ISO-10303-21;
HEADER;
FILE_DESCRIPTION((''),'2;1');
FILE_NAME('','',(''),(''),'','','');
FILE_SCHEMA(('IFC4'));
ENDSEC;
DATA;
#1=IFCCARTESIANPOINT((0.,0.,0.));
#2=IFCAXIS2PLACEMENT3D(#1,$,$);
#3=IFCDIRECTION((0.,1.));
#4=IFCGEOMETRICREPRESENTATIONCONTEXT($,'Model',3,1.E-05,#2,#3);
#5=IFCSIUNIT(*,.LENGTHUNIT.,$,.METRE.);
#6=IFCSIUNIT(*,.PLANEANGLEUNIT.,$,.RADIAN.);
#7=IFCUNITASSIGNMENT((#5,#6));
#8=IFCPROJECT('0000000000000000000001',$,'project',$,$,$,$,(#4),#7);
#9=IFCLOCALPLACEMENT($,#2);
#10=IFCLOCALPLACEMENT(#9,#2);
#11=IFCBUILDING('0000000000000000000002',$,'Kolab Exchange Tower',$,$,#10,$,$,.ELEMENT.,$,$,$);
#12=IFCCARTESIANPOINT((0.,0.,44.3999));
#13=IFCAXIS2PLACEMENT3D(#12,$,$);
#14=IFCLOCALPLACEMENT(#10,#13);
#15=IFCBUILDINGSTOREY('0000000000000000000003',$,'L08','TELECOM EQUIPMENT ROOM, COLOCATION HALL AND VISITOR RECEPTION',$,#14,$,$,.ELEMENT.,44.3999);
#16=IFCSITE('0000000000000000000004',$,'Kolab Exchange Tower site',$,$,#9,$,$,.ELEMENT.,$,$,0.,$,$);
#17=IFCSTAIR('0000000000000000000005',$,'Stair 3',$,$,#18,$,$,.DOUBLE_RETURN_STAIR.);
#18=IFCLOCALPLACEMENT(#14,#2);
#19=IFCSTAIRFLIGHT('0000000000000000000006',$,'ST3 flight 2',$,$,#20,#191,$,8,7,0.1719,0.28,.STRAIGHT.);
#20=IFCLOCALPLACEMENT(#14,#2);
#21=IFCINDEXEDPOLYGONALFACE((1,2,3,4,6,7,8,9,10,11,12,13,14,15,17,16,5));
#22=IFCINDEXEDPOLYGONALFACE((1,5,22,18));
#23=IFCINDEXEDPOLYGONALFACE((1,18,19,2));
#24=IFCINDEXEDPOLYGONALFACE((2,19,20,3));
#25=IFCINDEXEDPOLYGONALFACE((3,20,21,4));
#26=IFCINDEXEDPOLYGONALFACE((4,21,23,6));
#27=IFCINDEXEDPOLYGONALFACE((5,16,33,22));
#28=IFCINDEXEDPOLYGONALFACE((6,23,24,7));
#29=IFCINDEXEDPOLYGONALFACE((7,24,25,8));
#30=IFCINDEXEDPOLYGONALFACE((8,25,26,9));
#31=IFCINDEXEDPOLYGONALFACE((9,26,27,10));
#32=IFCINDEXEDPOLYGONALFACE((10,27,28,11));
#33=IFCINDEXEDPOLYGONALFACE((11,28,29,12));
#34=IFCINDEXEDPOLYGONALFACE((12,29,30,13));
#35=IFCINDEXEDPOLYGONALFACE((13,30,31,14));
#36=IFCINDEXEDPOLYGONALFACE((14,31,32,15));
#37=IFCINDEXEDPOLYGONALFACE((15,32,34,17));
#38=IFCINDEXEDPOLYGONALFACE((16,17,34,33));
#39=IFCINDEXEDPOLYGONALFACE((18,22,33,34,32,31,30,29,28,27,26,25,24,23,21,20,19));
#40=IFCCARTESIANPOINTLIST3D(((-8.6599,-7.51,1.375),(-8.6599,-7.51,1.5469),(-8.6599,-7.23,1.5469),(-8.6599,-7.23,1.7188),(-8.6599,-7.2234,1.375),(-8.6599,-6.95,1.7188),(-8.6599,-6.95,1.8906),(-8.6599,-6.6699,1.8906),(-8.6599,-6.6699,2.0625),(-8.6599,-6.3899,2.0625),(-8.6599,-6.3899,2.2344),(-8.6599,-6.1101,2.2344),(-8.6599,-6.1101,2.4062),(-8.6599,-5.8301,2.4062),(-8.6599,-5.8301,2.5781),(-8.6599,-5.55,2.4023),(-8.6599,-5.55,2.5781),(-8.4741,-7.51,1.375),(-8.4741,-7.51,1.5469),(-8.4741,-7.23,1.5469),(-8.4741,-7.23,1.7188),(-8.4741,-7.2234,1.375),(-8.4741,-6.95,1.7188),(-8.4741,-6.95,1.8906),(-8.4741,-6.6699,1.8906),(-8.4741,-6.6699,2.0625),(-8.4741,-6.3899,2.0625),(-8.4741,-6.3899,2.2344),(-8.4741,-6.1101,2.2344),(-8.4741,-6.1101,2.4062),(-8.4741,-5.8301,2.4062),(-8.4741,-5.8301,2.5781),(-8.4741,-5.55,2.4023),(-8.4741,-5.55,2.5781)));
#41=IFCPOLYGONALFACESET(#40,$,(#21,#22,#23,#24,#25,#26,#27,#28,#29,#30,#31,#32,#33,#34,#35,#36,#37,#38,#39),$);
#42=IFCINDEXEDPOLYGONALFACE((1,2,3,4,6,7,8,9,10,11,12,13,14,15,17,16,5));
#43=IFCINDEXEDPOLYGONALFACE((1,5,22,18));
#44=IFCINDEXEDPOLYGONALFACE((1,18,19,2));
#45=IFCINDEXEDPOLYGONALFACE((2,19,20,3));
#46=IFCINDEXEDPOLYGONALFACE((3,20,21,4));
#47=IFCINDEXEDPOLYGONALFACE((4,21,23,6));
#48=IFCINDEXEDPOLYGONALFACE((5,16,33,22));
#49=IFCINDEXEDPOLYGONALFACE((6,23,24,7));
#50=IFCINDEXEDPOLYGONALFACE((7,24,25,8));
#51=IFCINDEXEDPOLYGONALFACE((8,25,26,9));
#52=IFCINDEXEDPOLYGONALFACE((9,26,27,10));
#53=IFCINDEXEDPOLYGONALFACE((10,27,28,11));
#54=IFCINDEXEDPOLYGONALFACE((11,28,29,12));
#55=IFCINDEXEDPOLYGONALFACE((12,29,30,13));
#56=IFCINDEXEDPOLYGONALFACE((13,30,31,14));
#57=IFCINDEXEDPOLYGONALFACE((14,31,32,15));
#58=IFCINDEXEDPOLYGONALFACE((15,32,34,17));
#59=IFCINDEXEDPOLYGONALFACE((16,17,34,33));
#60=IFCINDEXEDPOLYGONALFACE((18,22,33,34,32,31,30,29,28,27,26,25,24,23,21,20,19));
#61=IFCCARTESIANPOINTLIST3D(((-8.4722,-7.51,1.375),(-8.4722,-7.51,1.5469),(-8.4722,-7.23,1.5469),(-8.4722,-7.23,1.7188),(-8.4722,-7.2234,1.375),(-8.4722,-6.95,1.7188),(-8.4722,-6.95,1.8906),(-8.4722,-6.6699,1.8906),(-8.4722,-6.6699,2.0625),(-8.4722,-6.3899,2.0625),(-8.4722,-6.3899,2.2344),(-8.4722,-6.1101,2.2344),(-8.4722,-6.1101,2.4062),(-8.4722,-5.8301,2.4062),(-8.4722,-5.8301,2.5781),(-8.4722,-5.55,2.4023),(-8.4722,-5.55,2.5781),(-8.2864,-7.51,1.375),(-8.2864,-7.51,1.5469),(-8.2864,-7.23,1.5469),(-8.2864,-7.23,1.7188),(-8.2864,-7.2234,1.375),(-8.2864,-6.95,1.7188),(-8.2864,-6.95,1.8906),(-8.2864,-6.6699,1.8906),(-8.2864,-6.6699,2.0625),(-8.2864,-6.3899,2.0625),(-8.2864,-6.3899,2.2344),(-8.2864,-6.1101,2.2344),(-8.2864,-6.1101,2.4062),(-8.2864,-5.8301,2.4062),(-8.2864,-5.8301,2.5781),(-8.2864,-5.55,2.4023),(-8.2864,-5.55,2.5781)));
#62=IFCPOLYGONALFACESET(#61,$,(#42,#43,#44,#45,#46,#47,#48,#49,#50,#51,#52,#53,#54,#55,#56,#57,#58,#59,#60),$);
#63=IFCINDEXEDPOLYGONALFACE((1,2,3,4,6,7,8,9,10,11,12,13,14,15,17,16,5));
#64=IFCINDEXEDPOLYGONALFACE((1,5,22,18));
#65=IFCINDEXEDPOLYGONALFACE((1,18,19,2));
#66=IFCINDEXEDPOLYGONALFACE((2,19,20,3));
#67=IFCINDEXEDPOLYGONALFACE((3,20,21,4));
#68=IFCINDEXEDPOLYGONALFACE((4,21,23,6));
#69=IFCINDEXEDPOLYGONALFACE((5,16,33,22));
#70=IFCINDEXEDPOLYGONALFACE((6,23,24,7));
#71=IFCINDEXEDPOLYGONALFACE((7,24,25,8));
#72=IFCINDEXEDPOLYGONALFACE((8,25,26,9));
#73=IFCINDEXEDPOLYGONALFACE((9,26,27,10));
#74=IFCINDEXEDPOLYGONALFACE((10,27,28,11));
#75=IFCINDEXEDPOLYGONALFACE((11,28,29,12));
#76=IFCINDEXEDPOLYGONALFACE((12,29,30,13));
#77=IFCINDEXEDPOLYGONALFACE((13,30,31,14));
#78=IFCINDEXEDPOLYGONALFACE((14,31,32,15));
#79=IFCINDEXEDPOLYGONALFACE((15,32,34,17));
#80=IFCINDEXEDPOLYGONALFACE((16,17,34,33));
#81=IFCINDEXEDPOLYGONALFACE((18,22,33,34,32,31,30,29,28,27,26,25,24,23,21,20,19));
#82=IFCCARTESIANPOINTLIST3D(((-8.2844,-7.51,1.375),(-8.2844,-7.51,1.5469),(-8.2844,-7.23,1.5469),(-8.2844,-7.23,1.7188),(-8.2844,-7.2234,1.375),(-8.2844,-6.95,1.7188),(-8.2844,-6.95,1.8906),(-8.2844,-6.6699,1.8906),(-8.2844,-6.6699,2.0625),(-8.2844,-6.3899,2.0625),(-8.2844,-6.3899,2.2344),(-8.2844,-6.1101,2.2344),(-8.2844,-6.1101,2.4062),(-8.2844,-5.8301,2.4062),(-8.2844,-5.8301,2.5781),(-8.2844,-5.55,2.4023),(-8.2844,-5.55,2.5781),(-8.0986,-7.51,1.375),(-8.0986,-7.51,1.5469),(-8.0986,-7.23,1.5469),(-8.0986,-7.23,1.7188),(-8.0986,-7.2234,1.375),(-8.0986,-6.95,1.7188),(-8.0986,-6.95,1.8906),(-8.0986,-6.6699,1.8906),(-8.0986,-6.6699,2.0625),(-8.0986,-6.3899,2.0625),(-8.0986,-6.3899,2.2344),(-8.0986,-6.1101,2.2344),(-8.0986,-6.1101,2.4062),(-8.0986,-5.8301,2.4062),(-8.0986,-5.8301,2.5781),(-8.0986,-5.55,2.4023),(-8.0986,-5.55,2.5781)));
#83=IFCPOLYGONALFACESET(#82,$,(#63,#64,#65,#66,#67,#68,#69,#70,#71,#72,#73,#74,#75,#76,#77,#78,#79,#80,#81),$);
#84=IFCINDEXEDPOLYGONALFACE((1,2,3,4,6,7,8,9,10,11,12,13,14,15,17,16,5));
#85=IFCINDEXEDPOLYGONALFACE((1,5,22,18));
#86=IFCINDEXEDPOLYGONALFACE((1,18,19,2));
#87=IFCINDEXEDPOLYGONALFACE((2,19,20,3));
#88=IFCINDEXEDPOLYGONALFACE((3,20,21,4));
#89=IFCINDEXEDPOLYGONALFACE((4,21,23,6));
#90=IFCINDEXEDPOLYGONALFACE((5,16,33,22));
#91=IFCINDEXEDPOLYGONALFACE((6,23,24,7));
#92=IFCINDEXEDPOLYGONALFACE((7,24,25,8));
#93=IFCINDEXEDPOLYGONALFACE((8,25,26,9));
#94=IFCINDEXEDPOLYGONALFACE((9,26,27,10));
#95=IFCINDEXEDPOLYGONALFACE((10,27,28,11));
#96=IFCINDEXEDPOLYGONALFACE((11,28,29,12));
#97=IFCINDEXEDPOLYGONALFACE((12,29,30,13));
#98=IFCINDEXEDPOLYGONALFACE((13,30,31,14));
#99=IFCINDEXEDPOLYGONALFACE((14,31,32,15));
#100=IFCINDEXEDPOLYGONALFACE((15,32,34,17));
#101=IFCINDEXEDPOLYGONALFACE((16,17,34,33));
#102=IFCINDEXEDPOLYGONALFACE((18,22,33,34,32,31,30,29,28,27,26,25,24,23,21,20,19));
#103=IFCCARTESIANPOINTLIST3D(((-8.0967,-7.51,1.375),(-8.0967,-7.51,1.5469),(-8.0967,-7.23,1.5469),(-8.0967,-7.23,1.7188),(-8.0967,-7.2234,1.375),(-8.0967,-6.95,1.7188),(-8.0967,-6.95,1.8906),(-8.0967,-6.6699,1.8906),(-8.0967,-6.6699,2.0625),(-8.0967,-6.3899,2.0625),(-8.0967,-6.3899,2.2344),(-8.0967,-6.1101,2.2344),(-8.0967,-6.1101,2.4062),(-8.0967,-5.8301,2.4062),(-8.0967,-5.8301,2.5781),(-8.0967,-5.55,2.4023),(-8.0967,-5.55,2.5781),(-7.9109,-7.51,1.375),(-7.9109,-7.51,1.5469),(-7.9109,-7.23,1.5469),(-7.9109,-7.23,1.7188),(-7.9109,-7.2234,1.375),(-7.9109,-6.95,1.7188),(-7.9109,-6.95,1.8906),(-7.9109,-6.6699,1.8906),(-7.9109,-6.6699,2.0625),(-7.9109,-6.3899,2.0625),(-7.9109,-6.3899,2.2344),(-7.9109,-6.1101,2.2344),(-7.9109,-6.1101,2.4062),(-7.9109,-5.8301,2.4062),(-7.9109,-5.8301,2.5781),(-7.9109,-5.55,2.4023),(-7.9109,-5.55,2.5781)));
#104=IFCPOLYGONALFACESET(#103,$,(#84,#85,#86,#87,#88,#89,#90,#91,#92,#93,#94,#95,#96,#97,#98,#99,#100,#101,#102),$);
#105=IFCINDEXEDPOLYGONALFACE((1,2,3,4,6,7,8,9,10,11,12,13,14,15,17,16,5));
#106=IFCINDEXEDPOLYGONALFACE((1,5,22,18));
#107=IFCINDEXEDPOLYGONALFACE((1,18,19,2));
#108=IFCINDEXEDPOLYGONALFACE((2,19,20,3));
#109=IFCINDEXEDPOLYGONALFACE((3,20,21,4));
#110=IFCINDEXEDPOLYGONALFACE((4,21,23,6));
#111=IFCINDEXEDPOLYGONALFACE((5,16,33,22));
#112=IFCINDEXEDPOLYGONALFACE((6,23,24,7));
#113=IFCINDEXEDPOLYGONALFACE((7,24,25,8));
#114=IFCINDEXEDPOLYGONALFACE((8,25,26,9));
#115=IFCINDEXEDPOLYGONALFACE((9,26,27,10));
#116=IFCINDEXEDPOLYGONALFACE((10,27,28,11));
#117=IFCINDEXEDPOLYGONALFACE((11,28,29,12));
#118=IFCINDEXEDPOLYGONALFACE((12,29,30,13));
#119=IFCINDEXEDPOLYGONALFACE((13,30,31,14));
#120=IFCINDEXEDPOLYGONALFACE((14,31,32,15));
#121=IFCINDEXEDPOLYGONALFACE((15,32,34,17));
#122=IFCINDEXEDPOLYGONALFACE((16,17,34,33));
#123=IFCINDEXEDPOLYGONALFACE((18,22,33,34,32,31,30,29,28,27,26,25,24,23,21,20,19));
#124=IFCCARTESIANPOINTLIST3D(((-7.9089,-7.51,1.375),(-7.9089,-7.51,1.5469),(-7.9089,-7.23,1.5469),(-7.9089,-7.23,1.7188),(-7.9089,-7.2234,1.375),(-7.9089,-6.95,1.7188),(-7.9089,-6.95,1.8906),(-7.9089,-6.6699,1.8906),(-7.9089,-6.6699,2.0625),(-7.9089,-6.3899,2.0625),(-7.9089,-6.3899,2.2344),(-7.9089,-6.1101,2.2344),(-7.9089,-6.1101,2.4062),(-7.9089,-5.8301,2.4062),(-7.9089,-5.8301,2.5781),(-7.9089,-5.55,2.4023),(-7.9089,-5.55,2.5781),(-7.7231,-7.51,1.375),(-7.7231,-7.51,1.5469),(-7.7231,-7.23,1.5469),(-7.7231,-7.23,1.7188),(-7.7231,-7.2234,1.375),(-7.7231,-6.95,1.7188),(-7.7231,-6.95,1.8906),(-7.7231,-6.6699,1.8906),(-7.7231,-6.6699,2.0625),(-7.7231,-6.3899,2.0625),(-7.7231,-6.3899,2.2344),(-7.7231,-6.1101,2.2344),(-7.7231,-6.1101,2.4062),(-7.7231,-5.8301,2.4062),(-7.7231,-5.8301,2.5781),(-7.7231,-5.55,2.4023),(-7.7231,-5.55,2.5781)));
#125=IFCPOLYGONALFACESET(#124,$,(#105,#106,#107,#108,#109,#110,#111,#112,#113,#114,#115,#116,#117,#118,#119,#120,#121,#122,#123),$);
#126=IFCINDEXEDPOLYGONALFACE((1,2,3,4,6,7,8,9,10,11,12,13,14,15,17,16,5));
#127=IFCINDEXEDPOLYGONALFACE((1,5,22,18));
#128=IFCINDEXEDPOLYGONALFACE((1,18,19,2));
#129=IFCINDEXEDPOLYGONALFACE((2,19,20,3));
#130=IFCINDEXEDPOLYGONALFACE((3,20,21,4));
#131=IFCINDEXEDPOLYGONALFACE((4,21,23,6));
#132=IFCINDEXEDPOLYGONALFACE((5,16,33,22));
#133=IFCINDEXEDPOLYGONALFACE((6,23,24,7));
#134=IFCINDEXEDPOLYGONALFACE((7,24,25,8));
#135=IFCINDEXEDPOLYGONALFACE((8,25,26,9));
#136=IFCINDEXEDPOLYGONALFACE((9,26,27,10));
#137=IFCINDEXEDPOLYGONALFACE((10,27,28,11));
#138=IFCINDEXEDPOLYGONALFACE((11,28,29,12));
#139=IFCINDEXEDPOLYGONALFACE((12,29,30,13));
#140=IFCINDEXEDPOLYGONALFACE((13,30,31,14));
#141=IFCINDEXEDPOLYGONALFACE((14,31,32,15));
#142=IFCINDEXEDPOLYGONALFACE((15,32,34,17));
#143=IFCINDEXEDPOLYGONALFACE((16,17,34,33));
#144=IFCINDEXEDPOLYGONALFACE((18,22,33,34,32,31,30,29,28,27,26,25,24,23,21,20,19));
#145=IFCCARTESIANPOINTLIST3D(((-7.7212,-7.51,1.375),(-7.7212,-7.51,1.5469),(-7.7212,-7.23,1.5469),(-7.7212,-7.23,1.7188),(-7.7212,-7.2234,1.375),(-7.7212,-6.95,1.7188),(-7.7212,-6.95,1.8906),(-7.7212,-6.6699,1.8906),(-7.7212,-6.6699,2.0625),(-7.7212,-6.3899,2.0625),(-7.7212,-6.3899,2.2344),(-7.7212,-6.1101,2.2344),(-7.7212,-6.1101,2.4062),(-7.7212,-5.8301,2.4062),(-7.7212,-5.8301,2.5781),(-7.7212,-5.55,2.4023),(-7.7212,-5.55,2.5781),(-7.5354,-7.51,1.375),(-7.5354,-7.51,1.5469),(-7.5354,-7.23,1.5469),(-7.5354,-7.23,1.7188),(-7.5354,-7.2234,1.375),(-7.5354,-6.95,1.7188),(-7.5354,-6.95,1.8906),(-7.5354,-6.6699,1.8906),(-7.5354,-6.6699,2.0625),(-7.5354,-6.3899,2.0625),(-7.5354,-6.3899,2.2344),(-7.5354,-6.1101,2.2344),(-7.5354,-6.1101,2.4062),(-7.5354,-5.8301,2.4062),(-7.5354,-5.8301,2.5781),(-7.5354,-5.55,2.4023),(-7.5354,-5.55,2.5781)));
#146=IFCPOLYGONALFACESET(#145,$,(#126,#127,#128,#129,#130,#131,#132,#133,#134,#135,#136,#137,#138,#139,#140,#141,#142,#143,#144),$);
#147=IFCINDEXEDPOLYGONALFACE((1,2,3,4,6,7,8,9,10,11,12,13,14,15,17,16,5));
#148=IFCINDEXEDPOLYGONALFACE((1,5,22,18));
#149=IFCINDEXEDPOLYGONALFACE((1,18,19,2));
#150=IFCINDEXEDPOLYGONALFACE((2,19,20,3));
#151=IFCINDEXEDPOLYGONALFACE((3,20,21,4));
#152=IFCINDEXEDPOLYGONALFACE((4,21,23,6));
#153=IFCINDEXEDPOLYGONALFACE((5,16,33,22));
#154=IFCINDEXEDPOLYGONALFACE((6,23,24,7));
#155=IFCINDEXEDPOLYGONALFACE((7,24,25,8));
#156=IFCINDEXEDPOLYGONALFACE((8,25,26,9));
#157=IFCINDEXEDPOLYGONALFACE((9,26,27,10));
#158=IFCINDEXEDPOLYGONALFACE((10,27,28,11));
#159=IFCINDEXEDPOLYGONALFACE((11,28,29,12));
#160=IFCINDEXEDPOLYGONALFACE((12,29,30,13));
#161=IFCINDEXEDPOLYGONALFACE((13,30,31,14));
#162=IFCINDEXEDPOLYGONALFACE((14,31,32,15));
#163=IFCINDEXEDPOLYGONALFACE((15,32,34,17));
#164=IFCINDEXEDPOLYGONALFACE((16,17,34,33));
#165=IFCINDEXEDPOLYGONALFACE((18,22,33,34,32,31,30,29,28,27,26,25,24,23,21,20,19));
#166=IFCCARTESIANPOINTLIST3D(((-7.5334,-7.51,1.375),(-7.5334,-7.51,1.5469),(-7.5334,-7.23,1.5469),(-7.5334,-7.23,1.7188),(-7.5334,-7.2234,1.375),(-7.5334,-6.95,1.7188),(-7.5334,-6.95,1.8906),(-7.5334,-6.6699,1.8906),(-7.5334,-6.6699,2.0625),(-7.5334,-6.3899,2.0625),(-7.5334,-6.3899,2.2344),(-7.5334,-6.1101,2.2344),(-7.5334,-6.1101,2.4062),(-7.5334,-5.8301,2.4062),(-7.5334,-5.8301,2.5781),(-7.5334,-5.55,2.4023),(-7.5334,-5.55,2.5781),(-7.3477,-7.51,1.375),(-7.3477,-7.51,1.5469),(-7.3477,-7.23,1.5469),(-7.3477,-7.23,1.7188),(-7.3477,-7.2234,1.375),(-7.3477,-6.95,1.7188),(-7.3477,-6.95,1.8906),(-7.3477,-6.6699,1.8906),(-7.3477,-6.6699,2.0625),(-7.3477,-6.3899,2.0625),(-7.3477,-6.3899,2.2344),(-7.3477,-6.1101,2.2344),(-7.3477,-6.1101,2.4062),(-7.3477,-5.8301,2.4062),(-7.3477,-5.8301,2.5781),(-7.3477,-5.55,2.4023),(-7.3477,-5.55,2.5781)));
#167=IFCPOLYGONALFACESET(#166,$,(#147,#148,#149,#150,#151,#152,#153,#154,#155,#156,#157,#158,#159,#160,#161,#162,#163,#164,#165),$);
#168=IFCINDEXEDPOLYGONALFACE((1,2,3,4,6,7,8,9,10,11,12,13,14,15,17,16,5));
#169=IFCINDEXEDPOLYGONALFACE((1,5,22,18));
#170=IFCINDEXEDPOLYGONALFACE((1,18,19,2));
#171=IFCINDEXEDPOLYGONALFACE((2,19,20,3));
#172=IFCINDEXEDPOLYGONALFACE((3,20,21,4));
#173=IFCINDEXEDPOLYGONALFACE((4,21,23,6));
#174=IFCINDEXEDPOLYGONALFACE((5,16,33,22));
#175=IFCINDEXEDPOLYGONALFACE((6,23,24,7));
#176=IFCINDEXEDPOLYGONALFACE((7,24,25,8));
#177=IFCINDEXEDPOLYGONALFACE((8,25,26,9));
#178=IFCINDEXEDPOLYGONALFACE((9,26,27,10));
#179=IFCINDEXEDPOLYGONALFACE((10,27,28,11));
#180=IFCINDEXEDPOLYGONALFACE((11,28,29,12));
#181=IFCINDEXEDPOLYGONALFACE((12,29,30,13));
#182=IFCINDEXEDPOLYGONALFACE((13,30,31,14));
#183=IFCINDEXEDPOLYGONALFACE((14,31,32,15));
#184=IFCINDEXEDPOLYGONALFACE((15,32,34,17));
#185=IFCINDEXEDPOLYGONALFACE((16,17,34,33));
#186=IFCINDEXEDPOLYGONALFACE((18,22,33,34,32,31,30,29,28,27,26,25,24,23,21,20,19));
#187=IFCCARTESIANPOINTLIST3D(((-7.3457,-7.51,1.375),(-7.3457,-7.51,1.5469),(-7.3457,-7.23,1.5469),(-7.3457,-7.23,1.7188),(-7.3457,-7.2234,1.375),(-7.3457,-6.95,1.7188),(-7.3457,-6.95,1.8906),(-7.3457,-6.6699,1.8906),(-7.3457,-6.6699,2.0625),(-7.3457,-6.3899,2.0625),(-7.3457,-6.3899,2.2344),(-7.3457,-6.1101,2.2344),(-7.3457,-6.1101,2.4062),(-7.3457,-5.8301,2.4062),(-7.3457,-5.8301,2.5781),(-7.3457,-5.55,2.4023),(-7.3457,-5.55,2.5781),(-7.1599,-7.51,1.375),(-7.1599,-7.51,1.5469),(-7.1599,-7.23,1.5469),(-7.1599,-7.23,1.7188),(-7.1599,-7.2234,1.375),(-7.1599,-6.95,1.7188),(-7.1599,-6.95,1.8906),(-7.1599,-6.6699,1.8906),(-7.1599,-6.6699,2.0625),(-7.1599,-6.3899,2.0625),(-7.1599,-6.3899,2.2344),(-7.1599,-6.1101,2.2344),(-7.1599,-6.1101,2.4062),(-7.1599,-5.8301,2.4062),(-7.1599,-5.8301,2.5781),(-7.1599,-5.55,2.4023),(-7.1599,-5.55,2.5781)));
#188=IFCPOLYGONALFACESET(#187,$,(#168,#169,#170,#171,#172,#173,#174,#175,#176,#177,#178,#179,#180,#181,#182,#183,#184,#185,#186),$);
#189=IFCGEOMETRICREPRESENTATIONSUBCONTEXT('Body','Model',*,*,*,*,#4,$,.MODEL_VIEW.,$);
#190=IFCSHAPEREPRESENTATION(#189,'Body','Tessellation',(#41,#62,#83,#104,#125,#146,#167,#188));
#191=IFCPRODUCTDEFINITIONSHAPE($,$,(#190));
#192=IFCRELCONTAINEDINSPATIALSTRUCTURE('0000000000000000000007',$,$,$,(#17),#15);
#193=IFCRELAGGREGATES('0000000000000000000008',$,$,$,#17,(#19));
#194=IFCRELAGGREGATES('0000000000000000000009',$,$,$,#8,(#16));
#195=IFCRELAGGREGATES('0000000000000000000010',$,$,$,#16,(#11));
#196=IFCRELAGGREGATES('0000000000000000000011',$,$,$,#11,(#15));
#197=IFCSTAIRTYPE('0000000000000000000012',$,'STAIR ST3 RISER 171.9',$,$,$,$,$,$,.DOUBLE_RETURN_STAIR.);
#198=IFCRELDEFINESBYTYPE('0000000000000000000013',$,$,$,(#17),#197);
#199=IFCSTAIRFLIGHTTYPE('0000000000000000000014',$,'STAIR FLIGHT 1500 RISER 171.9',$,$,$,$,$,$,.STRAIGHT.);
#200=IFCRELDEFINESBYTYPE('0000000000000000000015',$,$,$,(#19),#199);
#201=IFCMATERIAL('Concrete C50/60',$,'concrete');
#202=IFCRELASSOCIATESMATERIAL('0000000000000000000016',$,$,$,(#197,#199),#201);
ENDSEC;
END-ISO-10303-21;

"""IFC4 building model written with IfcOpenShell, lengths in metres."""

from ifc_helpers import new_model, si_unit, direction, frame, origin, place, context, subcontext, project, spatial, polyline, outline, extrude, material, type_object, element, aggregate, save


model = new_model("IFC4")

# Units and contexts
model_context = context("Model", 3, precision=1e-05, world=origin(), true_north=direction((0.0, 1.0)))
body_context = subcontext(model_context, "Body", "Model", "MODEL_VIEW")
ifc_project = project(units=[si_unit("LENGTHUNIT", "METRE"), si_unit("PLANEANGLEUNIT", "RADIAN")], contexts=[model_context])

# Site, building, storey
site_placement = place(None, origin())
site = spatial("IfcSite", under=ifc_project, at=site_placement, Name="Kolab Exchange Tower site", CompositionType="ELEMENT", RefElevation=0.0)
building_placement = place(site_placement, origin())
building = spatial("IfcBuilding", under=site, at=building_placement, Name="Kolab Exchange Tower", CompositionType="ELEMENT")
storey_placement = place(building_placement, frame((0.0, 0.0, 44.3999)))
storey = spatial("IfcBuildingStorey", under=building, at=storey_placement, Name="L08", Description="TELECOM EQUIPMENT ROOM, COLOCATION HALL AND VISITOR RECEPTION", CompositionType="ELEMENT", Elevation=44.3999)

# Shared definitions
ifc_material_1 = material(Name="Concrete C50/60", Category="concrete")

# Stair, stair flight
stair_type = type_object("IfcStairType", Name="STAIR ST3 RISER 171.9", PredefinedType="DOUBLE_RETURN_STAIR", material=ifc_material_1)
stair_placement = place(storey_placement, origin())
stair = element("IfcStair", 1, at=stair_placement, inside=storey, type_object=stair_type, Name="Stair 3", PredefinedType="DOUBLE_RETURN_STAIR")
stair_flight_type = type_object("IfcStairFlightType", Name="STAIR FLIGHT 1500 RISER 171.9", PredefinedType="STRAIGHT", material=ifc_material_1)
stair_flight_1_placement = place(storey_placement, frame((-7.9099, -7.51, 1.375), z_axis=(0.0, 0.0, 1.0), x_axis=(0.0, 1.0, 0.0)))
stair_flight_1 = element("IfcStairFlight", 2, at=stair_flight_1_placement, type_object=stair_flight_type, Name="ST3 flight 2", NumberOfRisers=8, NumberOfTreads=7, PredefinedType="STRAIGHT", RiserHeight=0.1719, TreadLength=0.28, context=body_context, shape_type="SweptSolid", body=[
    extrude(outline(polyline([(0.0, 0.0), (0.0, 0.1719), (0.28, 0.1719), (0.28, 0.3438), (0.5601, 0.3438), (0.5601, 0.5156), (0.8401, 0.5156), (0.8401, 0.6875), (1.1201, 0.6875), (1.1201, 0.8594), (1.3999, 0.8594), (1.3999, 1.0312), (1.6799, 1.0312), (1.6799, 1.2031), (1.96, 1.2031), (1.96, 1.375), (1.96, 1.0273), (0.2866, 0.0), (0.0, 0.0)])), frame((0.0, 0.75, 0.0), z_axis=(0.0, -1.0, 0.0), x_axis=(1.0, 0.0, 0.0)), (0.0, 0.0, 1.0), 0.1858),
    extrude(outline(polyline([(0.0, 0.0), (0.0, 0.1719), (0.28, 0.1719), (0.28, 0.3438), (0.5601, 0.3438), (0.5601, 0.5156), (0.8401, 0.5156), (0.8401, 0.6875), (1.1201, 0.6875), (1.1201, 0.8594), (1.3999, 0.8594), (1.3999, 1.0312), (1.6799, 1.0312), (1.6799, 1.2031), (1.96, 1.2031), (1.96, 1.375), (1.96, 1.0273), (0.2866, 0.0), (0.0, 0.0)])), frame((0.0, 0.5623, 0.0), z_axis=(0.0, -1.0, 0.0), x_axis=(1.0, 0.0, 0.0)), (0.0, 0.0, 1.0), 0.1858),
    extrude(outline(polyline([(0.0, 0.0), (0.0, 0.1719), (0.28, 0.1719), (0.28, 0.3438), (0.5601, 0.3438), (0.5601, 0.5156), (0.8401, 0.5156), (0.8401, 0.6875), (1.1201, 0.6875), (1.1201, 0.8594), (1.3999, 0.8594), (1.3999, 1.0312), (1.6799, 1.0312), (1.6799, 1.2031), (1.96, 1.2031), (1.96, 1.375), (1.96, 1.0273), (0.2866, 0.0), (0.0, 0.0)])), frame((0.0, 0.3745, 0.0), z_axis=(0.0, -1.0, 0.0), x_axis=(1.0, 0.0, 0.0)), (0.0, 0.0, 1.0), 0.1858),
    extrude(outline(polyline([(0.0, 0.0), (0.0, 0.1719), (0.28, 0.1719), (0.28, 0.3438), (0.5601, 0.3438), (0.5601, 0.5156), (0.8401, 0.5156), (0.8401, 0.6875), (1.1201, 0.6875), (1.1201, 0.8594), (1.3999, 0.8594), (1.3999, 1.0312), (1.6799, 1.0312), (1.6799, 1.2031), (1.96, 1.2031), (1.96, 1.375), (1.96, 1.0273), (0.2866, 0.0), (0.0, 0.0)])), frame((0.0, 0.1868, 0.0), z_axis=(0.0, -1.0, 0.0), x_axis=(1.0, 0.0, 0.0)), (0.0, 0.0, 1.0), 0.1858),
    extrude(outline(polyline([(0.0, 0.0), (0.0, 0.1719), (0.28, 0.1719), (0.28, 0.3438), (0.5601, 0.3438), (0.5601, 0.5156), (0.8401, 0.5156), (0.8401, 0.6875), (1.1201, 0.6875), (1.1201, 0.8594), (1.3999, 0.8594), (1.3999, 1.0312), (1.6799, 1.0312), (1.6799, 1.2031), (1.96, 1.2031), (1.96, 1.375), (1.96, 1.0273), (0.2866, 0.0), (0.0, 0.0)])), frame((0.0, -0.001, 0.0), z_axis=(0.0, -1.0, 0.0), x_axis=(1.0, 0.0, 0.0)), (0.0, 0.0, 1.0), 0.1858),
    extrude(outline(polyline([(0.0, 0.0), (0.0, 0.1719), (0.28, 0.1719), (0.28, 0.3438), (0.5601, 0.3438), (0.5601, 0.5156), (0.8401, 0.5156), (0.8401, 0.6875), (1.1201, 0.6875), (1.1201, 0.8594), (1.3999, 0.8594), (1.3999, 1.0312), (1.6799, 1.0312), (1.6799, 1.2031), (1.96, 1.2031), (1.96, 1.375), (1.96, 1.0273), (0.2866, 0.0), (0.0, 0.0)])), frame((0.0, -0.1887, 0.0), z_axis=(0.0, -1.0, 0.0), x_axis=(1.0, 0.0, 0.0)), (0.0, 0.0, 1.0), 0.1858),
    extrude(outline(polyline([(0.0, 0.0), (0.0, 0.1719), (0.28, 0.1719), (0.28, 0.3438), (0.5601, 0.3438), (0.5601, 0.5156), (0.8401, 0.5156), (0.8401, 0.6875), (1.1201, 0.6875), (1.1201, 0.8594), (1.3999, 0.8594), (1.3999, 1.0312), (1.6799, 1.0312), (1.6799, 1.2031), (1.96, 1.2031), (1.96, 1.375), (1.96, 1.0273), (0.2866, 0.0), (0.0, 0.0)])), frame((0.0, -0.3765, 0.0), z_axis=(0.0, -1.0, 0.0), x_axis=(1.0, 0.0, 0.0)), (0.0, 0.0, 1.0), 0.1858),
    extrude(outline(polyline([(0.0, 0.0), (0.0, 0.1719), (0.28, 0.1719), (0.28, 0.3438), (0.5601, 0.3438), (0.5601, 0.5156), (0.8401, 0.5156), (0.8401, 0.6875), (1.1201, 0.6875), (1.1201, 0.8594), (1.3999, 0.8594), (1.3999, 1.0312), (1.6799, 1.0312), (1.6799, 1.2031), (1.96, 1.2031), (1.96, 1.375), (1.96, 1.0273), (0.2866, 0.0), (0.0, 0.0)])), frame((0.0, -0.5642, 0.0), z_axis=(0.0, -1.0, 0.0), x_axis=(1.0, 0.0, 0.0)), (0.0, 0.0, 1.0), 0.1858),
])
aggregate(stair, [stair_flight_1])

save(model, "model.ifc")
